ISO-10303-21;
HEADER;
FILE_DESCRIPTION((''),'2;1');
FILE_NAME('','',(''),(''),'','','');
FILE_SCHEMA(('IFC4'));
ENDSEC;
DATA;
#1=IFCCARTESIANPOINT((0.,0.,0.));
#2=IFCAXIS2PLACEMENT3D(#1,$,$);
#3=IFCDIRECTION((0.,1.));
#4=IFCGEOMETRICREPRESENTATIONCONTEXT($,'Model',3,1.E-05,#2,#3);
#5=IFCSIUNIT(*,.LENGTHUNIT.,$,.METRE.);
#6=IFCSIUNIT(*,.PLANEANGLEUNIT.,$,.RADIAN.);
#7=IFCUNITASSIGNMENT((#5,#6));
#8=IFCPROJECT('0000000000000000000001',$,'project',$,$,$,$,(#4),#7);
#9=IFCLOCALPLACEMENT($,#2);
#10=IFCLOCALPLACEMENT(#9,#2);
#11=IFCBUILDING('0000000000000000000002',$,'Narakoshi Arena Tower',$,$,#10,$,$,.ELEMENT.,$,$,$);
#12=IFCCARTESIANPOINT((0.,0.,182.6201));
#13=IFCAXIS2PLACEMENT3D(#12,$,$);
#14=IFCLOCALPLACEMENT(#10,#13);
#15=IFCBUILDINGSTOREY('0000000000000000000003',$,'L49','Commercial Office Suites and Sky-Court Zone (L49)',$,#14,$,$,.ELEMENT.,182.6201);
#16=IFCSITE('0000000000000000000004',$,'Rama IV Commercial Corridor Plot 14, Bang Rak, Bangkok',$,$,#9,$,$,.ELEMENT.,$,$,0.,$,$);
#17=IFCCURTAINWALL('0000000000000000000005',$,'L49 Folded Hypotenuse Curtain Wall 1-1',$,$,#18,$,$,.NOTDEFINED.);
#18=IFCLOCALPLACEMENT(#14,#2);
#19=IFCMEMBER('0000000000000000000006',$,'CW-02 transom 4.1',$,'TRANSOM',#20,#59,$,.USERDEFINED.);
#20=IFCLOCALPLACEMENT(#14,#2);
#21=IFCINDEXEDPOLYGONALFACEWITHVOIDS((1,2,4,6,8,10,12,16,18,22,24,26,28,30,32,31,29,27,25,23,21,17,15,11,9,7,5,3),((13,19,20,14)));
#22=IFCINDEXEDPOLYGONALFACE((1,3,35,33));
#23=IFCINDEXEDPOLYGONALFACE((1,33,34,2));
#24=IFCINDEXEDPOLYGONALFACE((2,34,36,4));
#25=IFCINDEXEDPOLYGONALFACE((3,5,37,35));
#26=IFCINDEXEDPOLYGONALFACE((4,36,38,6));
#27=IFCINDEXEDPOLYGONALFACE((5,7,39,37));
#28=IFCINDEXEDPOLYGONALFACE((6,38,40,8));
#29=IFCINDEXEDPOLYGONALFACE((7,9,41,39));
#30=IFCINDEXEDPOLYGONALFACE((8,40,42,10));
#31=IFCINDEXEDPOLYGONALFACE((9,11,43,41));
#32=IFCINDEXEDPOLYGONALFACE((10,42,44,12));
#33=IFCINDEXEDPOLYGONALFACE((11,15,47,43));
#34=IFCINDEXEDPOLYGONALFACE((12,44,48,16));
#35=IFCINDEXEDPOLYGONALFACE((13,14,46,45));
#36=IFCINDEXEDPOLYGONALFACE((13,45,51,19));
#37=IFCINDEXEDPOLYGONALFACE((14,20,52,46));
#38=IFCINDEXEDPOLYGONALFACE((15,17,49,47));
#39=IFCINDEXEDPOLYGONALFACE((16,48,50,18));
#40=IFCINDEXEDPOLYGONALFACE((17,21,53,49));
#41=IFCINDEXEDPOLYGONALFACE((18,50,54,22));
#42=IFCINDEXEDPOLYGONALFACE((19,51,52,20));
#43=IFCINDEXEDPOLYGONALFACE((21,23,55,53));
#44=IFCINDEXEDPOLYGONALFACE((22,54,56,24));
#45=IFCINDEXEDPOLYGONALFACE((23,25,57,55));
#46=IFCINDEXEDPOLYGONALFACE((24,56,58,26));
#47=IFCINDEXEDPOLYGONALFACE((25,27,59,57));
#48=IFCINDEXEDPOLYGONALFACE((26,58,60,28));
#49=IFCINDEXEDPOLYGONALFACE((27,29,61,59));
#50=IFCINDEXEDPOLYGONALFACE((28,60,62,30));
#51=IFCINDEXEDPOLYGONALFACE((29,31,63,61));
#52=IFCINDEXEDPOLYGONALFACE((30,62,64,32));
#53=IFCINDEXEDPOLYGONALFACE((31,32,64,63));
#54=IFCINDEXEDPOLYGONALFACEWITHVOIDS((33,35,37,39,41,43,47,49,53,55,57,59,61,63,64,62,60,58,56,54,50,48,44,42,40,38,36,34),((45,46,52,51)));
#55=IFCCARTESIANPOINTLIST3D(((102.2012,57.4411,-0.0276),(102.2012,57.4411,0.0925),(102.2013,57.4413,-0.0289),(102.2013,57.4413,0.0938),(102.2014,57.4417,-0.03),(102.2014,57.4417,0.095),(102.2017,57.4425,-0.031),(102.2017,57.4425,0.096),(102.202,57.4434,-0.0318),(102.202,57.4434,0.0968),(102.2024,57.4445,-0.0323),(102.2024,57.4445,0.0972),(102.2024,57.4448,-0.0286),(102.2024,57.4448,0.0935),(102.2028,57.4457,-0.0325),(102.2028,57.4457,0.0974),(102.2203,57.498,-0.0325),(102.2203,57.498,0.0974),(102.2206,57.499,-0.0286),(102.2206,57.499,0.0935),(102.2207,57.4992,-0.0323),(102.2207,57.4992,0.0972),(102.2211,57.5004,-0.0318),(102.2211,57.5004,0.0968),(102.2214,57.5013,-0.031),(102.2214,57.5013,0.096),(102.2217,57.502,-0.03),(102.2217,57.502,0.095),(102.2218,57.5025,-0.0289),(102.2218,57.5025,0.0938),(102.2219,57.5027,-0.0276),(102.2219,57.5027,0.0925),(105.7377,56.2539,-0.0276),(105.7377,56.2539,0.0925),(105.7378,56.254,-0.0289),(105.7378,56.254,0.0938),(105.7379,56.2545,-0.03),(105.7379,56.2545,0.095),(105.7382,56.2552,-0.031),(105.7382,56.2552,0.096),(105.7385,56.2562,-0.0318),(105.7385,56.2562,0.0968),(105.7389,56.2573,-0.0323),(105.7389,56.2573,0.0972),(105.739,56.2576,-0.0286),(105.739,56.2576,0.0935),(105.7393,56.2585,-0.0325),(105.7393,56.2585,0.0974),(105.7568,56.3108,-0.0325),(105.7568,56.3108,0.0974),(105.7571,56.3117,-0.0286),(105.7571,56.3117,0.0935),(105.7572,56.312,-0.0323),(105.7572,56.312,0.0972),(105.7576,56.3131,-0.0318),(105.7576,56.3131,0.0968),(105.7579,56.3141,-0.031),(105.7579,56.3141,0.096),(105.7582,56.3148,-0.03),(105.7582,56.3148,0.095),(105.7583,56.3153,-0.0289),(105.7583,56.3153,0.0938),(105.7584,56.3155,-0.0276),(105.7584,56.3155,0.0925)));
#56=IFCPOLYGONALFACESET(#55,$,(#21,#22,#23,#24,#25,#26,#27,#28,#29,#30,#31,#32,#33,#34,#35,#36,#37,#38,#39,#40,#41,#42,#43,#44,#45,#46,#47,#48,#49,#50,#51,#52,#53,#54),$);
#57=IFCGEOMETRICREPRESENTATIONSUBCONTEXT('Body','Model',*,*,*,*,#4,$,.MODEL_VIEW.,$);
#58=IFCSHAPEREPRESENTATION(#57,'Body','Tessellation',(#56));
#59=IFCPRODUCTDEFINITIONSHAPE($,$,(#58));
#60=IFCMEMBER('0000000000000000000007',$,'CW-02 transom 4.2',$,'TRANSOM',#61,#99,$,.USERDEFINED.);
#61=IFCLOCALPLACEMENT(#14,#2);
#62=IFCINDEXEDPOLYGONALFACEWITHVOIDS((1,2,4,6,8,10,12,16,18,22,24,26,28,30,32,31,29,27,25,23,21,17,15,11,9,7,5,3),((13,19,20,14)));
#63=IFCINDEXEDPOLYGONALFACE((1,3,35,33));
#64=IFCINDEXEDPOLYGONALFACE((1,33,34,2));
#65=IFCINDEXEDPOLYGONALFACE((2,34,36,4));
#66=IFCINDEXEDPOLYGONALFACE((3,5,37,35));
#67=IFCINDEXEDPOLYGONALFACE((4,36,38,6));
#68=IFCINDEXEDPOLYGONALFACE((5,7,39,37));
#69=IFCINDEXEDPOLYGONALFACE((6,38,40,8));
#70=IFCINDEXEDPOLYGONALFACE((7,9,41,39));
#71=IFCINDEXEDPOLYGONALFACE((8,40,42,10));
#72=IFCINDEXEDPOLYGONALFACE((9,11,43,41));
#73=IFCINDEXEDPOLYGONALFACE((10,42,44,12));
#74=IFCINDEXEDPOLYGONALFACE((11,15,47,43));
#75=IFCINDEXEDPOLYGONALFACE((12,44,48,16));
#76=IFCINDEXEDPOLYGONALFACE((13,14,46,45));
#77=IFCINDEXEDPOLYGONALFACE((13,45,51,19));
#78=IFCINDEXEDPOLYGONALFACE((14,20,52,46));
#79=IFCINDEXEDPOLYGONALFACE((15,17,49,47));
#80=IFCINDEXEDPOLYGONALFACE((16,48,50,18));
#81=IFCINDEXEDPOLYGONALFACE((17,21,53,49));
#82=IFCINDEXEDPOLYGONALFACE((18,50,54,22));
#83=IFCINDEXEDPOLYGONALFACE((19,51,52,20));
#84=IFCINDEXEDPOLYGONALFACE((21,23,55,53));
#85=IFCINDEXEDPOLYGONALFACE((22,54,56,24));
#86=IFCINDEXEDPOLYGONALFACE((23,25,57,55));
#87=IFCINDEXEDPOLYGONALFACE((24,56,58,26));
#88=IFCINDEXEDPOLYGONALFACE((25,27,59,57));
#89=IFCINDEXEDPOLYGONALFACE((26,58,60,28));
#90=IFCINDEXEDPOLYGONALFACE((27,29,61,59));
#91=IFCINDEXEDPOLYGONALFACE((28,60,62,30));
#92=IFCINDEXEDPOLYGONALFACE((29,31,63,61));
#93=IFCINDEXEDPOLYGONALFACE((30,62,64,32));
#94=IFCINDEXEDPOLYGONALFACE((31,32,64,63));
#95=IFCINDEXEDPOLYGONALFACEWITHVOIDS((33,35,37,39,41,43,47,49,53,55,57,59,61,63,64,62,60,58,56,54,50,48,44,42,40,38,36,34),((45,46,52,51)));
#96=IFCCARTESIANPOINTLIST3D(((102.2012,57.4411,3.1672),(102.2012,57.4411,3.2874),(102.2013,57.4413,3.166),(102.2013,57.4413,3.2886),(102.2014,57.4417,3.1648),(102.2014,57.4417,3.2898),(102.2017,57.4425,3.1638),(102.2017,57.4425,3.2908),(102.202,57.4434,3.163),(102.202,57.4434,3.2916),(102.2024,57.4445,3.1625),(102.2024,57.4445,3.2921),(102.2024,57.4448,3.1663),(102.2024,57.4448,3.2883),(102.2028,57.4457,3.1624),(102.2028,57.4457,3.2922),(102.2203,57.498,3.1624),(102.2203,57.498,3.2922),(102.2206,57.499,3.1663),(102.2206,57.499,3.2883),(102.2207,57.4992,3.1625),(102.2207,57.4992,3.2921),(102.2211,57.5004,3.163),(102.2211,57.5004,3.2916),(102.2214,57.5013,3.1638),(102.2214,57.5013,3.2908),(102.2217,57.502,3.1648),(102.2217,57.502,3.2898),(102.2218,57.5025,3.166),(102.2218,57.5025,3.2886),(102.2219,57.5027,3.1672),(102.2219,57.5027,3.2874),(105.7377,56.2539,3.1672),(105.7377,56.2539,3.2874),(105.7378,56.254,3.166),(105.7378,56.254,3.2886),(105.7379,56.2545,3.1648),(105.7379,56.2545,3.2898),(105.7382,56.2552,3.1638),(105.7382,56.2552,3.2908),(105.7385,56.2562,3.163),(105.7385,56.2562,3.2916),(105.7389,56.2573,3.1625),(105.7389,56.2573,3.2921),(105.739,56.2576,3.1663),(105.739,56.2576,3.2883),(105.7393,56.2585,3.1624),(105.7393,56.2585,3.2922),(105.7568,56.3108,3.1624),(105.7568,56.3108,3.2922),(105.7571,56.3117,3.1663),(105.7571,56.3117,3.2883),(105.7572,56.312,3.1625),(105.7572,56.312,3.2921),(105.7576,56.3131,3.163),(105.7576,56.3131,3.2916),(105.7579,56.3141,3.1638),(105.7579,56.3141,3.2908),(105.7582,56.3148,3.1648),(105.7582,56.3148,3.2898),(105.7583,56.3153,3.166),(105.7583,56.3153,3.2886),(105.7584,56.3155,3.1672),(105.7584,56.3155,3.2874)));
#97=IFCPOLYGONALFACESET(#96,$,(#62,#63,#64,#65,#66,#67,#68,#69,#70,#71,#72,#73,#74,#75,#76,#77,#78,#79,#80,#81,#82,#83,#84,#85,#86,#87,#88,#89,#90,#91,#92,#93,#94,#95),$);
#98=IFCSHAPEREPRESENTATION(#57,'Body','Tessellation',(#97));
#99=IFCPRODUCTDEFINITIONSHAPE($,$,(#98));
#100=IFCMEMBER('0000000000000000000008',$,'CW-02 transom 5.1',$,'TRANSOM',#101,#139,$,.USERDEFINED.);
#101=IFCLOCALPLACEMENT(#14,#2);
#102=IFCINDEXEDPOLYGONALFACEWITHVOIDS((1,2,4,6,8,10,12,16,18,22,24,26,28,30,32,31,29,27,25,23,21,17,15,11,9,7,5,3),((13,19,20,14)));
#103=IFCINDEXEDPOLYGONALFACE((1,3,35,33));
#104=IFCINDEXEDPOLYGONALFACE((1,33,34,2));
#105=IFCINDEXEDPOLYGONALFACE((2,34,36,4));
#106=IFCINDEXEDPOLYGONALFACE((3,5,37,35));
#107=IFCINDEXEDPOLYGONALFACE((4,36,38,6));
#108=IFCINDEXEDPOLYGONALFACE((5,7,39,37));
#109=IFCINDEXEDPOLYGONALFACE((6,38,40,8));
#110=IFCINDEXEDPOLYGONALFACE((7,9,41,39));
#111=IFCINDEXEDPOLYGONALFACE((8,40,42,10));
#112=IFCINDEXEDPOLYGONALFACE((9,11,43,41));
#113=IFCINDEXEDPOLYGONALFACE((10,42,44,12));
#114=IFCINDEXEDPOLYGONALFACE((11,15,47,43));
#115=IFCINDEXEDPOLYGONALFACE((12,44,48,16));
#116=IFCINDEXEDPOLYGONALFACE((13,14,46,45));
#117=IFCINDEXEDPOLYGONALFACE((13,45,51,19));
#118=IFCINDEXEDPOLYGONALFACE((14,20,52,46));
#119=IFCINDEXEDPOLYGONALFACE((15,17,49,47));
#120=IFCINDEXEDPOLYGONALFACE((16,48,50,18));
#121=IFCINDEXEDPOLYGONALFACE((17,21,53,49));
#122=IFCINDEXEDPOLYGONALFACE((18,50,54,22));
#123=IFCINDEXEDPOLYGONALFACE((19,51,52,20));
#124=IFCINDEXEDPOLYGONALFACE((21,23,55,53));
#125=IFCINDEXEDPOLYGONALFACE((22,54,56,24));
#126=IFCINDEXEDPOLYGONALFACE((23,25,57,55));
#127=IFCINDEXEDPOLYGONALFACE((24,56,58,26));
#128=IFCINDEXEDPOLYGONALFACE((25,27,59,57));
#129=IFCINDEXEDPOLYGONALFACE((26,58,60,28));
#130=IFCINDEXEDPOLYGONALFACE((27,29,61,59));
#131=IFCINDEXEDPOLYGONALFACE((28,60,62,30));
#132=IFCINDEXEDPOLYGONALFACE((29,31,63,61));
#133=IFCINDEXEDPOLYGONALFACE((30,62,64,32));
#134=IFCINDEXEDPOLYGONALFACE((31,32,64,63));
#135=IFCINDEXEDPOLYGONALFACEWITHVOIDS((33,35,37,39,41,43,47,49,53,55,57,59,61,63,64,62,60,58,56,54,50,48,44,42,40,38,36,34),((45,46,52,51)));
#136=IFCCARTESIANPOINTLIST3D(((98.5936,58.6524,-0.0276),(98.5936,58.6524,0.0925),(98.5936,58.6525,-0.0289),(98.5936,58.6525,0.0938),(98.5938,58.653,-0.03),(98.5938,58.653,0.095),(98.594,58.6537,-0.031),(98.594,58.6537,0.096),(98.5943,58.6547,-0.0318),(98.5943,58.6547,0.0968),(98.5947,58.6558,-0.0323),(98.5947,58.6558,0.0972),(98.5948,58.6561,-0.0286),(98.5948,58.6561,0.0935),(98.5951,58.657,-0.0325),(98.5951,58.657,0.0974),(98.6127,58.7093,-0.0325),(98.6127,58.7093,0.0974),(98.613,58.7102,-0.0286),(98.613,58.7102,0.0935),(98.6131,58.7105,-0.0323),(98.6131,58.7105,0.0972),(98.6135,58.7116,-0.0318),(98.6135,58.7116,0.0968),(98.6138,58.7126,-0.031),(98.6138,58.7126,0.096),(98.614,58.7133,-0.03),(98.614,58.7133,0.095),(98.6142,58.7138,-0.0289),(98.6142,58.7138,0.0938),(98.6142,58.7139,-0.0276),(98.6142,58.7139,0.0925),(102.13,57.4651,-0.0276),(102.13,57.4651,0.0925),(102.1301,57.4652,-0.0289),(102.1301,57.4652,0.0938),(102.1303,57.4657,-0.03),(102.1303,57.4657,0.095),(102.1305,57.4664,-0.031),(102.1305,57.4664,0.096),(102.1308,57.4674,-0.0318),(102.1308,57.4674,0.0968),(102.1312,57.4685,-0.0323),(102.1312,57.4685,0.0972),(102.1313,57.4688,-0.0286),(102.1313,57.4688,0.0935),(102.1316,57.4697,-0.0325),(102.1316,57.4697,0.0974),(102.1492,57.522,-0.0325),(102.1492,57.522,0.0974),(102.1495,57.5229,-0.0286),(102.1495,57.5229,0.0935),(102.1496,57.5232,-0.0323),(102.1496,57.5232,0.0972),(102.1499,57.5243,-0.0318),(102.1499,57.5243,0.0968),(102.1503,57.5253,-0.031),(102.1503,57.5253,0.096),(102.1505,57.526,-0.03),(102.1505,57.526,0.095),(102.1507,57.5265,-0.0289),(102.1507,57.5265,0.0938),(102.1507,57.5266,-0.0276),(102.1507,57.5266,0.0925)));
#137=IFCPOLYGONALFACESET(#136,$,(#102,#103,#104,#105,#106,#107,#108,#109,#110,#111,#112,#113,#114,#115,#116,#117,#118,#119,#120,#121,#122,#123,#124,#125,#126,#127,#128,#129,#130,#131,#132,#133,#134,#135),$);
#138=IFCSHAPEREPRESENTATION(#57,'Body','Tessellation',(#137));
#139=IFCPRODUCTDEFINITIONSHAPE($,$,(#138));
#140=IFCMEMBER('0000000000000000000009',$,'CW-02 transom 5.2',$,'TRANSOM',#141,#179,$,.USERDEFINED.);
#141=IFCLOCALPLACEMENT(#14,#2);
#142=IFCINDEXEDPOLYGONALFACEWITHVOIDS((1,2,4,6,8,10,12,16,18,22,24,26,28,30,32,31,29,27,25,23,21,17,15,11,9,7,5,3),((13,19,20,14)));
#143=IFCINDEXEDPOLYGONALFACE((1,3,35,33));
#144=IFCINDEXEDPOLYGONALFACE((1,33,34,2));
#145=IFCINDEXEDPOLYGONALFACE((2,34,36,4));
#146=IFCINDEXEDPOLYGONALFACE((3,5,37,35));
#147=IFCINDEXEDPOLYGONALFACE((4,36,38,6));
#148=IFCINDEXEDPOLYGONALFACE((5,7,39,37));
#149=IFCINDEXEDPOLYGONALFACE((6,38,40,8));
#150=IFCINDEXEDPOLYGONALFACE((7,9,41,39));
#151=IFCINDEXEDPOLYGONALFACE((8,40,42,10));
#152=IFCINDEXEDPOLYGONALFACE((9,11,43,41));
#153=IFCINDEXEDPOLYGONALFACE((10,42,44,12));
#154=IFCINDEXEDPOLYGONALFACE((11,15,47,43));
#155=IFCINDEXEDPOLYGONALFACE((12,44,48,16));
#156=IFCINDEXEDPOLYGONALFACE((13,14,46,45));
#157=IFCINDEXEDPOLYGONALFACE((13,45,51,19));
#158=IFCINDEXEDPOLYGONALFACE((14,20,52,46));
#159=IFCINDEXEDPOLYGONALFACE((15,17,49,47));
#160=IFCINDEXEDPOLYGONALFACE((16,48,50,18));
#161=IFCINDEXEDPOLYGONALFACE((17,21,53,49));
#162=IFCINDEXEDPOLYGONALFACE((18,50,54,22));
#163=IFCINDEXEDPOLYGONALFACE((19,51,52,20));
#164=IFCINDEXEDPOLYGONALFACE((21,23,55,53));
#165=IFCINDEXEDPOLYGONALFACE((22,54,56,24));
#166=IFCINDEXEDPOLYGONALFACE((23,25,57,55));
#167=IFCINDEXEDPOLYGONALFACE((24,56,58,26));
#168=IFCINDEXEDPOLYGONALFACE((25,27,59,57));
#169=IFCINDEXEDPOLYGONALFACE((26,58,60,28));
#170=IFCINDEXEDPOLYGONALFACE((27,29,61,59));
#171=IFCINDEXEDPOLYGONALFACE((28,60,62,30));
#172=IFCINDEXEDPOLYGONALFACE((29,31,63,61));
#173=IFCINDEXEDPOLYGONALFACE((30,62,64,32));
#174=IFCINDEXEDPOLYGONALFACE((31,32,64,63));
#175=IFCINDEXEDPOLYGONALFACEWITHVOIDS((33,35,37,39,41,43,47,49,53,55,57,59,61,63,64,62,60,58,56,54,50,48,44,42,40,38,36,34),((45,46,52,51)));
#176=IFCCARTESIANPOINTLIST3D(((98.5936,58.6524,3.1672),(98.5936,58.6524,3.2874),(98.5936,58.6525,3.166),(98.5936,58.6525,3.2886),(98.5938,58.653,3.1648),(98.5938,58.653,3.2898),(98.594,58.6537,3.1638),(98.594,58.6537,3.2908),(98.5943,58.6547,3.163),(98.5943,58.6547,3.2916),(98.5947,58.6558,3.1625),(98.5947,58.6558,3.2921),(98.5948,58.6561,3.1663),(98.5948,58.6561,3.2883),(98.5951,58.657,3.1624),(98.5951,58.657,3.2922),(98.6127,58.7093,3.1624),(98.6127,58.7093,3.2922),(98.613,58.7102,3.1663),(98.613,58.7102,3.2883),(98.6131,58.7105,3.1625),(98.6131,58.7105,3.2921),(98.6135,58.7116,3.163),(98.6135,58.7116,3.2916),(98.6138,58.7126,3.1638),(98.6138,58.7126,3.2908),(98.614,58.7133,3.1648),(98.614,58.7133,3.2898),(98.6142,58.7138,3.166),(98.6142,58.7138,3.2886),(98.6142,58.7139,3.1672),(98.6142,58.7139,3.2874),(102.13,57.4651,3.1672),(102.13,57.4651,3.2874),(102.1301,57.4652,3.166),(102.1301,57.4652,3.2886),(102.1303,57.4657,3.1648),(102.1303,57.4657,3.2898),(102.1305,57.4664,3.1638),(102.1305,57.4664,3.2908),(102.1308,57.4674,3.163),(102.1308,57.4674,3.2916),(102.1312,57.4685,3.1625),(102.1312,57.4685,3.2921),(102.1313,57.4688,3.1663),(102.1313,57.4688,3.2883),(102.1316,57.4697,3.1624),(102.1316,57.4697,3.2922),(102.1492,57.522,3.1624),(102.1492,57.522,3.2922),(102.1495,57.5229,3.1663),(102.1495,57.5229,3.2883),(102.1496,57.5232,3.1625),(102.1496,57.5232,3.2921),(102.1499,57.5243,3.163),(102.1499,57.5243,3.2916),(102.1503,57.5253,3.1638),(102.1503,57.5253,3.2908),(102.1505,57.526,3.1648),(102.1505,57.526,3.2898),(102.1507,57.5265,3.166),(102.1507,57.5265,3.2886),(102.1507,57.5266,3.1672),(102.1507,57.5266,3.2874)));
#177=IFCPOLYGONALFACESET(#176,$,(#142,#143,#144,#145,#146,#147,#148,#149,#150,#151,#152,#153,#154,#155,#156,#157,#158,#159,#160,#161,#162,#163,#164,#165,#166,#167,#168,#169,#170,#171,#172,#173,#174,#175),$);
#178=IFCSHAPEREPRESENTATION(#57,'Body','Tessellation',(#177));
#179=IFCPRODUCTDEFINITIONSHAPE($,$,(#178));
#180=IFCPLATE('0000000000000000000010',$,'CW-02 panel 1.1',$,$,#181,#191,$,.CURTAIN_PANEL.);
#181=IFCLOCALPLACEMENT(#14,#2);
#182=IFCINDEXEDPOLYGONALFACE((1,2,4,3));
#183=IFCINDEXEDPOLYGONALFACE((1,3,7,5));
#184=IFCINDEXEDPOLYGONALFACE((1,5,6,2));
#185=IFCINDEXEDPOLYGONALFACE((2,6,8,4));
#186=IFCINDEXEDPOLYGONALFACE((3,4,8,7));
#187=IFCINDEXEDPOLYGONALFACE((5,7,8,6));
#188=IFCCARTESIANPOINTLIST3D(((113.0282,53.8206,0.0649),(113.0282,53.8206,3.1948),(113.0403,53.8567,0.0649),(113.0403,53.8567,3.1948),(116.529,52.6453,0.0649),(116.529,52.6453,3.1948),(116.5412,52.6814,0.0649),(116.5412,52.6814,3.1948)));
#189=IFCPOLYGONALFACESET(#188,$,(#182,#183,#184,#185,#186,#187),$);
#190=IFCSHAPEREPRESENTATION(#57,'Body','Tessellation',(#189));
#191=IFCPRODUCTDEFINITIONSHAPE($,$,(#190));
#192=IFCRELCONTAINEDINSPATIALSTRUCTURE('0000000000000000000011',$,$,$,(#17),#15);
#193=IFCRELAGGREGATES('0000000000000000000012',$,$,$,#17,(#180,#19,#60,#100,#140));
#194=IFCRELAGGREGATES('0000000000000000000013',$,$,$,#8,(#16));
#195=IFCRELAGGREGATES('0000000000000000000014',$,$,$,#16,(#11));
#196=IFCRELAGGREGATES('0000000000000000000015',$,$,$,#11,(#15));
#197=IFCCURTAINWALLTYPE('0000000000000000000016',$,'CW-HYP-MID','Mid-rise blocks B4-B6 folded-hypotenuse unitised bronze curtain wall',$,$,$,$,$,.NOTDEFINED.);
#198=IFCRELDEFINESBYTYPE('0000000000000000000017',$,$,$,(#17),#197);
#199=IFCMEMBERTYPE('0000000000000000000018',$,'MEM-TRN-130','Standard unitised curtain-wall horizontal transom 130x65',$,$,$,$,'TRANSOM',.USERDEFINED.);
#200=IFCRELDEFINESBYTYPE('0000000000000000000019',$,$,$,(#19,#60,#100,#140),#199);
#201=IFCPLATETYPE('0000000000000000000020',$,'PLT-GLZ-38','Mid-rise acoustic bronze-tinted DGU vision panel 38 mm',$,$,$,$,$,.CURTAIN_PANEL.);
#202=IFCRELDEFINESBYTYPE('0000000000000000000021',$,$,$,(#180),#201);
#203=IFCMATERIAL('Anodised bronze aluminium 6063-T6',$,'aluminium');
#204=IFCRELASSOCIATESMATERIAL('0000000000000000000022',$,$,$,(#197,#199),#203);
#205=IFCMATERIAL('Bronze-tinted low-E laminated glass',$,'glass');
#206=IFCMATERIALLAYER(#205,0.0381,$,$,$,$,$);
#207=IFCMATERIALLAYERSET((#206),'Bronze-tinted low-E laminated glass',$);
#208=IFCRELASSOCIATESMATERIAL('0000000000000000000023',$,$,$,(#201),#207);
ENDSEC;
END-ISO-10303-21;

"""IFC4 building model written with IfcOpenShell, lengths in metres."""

from ifc_helpers import new_model, si_unit, direction, frame, origin, origin_2d, place, context, subcontext, project, spatial, rectangle, hollow_rectangle, extrude, material, layer, layer_set, material_profile, profile_set, type_object, element, aggregate, save


model = new_model("IFC4")

# Units and contexts
model_context = context("Model", 3, precision=1e-05, world=origin(), true_north=direction((0.0, 1.0)))
body_context = subcontext(model_context, "Body", "Model", "MODEL_VIEW")
ifc_project = project(units=[si_unit("LENGTHUNIT", "METRE"), si_unit("PLANEANGLEUNIT", "RADIAN")], contexts=[model_context])

# Site, building, storey
site_placement = place(None, origin())
site = spatial("IfcSite", under=ifc_project, at=site_placement, Name="Rama IV Commercial Corridor Plot 14, Bang Rak, Bangkok", CompositionType="ELEMENT", RefElevation=0.0)
building_placement = place(site_placement, origin())
building = spatial("IfcBuilding", under=site, at=building_placement, Name="Narakoshi Arena Tower", CompositionType="ELEMENT")
storey_placement = place(building_placement, frame((0.0, 0.0, 182.6201)))
storey = spatial("IfcBuildingStorey", under=building, at=storey_placement, Name="L49", Description="Commercial Office Suites and Sky-Court Zone (L49)", CompositionType="ELEMENT", Elevation=182.6201)

# Curtain wall, members, plate
ifc_material_1 = material(Name="Anodised bronze aluminium 6063-T6", Category="aluminium")
curtain_wall_type = type_object("IfcCurtainWallType", Name="CW-HYP-MID", Description="Mid-rise blocks B4-B6 folded-hypotenuse unitised bronze curtain wall", PredefinedType="NOTDEFINED", material=ifc_material_1)
curtain_wall_placement = place(storey_placement, origin())
curtain_wall = element("IfcCurtainWall", 1, at=curtain_wall_placement, inside=storey, type_object=curtain_wall_type, Name="L49 Folded Hypotenuse Curtain Wall 1-1", PredefinedType="NOTDEFINED")
ifc_material_profile_1 = material_profile(ifc_material_1, hollow_rectangle(XDim=0.0649, YDim=0.1299, WallThickness=0.0039, OuterFilletRadius=0.0049, at=origin_2d()), Name="TRN130x65x4")
ifc_profile_set_1 = profile_set([ifc_material_profile_1], Name="Anodised bronze aluminium 6063-T6")
member_type_1 = type_object("IfcMemberType", Name="MEM-TRN-130", Description="Standard unitised curtain-wall horizontal transom 130x65", ElementType="TRANSOM", PredefinedType="USERDEFINED", material=ifc_profile_set_1)
member_1_placement = place(storey_placement, frame((105.748, 56.2847, 0.0325), z_axis=(-0.948007, 0.318249, 0.0), x_axis=(-0.318249, -0.948007, 0.0)))
member_1 = element("IfcMember", 2, at=member_1_placement, type_object=member_type_1, Name="CW-02 transom 4.1", ObjectType="TRANSOM", PredefinedType="USERDEFINED", context=body_context, shape_type="SweptSolid", body=[
    extrude(hollow_rectangle(XDim=0.0649, YDim=0.1299, WallThickness=0.0039, OuterFilletRadius=0.0049, at=origin_2d()), origin(), (0.0, 0.0, 1.0), 3.7305),
])
member_2_placement = place(storey_placement, frame((105.748, 56.2847, 3.2273), z_axis=(-0.948007, 0.318249, 0.0), x_axis=(-0.318249, -0.948007, 0.0)))
member_2 = element("IfcMember", 3, at=member_2_placement, type_object=member_type_1, Name="CW-02 transom 4.2", ObjectType="TRANSOM", PredefinedType="USERDEFINED", context=body_context, shape_type="SweptSolid", body=[
    extrude(hollow_rectangle(XDim=0.0649, YDim=0.1299, WallThickness=0.0039, OuterFilletRadius=0.0049, at=origin_2d()), origin(), (0.0, 0.0, 1.0), 3.7305),
])
member_3_placement = place(storey_placement, frame((102.1404, 57.4958, 0.0325), z_axis=(-0.948, 0.318269, 0.0), x_axis=(-0.318269, -0.948, 0.0)))
member_3 = element("IfcMember", 4, at=member_3_placement, type_object=member_type_1, Name="CW-02 transom 5.1", ObjectType="TRANSOM", PredefinedType="USERDEFINED", context=body_context, shape_type="SweptSolid", body=[
    extrude(hollow_rectangle(XDim=0.0649, YDim=0.1299, WallThickness=0.0039, OuterFilletRadius=0.0049, at=origin_2d()), origin(), (0.0, 0.0, 1.0), 3.7305),
])
member_4_placement = place(storey_placement, frame((102.1404, 57.4958, 3.2273), z_axis=(-0.948, 0.318269, 0.0), x_axis=(-0.318269, -0.948, 0.0)))
member_4 = element("IfcMember", 5, at=member_4_placement, type_object=member_type_1, Name="CW-02 transom 5.2", ObjectType="TRANSOM", PredefinedType="USERDEFINED", context=body_context, shape_type="SweptSolid", body=[
    extrude(hollow_rectangle(XDim=0.0649, YDim=0.1299, WallThickness=0.0039, OuterFilletRadius=0.0049, at=origin_2d()), origin(), (0.0, 0.0, 1.0), 3.7305),
])
ifc_material_2 = material(Name="Bronze-tinted low-E laminated glass", Category="glass")
ifc_layer_1 = layer(ifc_material_2, 0.0381)
ifc_layer_set_1 = layer_set([ifc_layer_1], Name="Bronze-tinted low-E laminated glass")
plate_type = type_object("IfcPlateType", Name="PLT-GLZ-38", Description="Mid-rise acoustic bronze-tinted DGU vision panel 38 mm", PredefinedType="CURTAIN_PANEL", material=ifc_layer_set_1)
plate_1_placement = place(storey_placement, frame((114.7847, 53.251, 0.0649), z_axis=(0.0, 0.0, 1.0), x_axis=(-0.948003, 0.318261, 0.0)))
plate_1 = element("IfcPlate", 6, at=plate_1_placement, type_object=plate_type, Name="CW-02 panel 1.1", PredefinedType="CURTAIN_PANEL", context=body_context, shape_type="SweptSolid", body=[
    extrude(rectangle(XDim=3.6929, YDim=0.0381, at=origin_2d()), origin(), (0.0, 0.0, 1.0), 3.1299),
])
aggregate(curtain_wall, [plate_1, member_1, member_2, member_3, member_4])

save(model, "model.ifc")
